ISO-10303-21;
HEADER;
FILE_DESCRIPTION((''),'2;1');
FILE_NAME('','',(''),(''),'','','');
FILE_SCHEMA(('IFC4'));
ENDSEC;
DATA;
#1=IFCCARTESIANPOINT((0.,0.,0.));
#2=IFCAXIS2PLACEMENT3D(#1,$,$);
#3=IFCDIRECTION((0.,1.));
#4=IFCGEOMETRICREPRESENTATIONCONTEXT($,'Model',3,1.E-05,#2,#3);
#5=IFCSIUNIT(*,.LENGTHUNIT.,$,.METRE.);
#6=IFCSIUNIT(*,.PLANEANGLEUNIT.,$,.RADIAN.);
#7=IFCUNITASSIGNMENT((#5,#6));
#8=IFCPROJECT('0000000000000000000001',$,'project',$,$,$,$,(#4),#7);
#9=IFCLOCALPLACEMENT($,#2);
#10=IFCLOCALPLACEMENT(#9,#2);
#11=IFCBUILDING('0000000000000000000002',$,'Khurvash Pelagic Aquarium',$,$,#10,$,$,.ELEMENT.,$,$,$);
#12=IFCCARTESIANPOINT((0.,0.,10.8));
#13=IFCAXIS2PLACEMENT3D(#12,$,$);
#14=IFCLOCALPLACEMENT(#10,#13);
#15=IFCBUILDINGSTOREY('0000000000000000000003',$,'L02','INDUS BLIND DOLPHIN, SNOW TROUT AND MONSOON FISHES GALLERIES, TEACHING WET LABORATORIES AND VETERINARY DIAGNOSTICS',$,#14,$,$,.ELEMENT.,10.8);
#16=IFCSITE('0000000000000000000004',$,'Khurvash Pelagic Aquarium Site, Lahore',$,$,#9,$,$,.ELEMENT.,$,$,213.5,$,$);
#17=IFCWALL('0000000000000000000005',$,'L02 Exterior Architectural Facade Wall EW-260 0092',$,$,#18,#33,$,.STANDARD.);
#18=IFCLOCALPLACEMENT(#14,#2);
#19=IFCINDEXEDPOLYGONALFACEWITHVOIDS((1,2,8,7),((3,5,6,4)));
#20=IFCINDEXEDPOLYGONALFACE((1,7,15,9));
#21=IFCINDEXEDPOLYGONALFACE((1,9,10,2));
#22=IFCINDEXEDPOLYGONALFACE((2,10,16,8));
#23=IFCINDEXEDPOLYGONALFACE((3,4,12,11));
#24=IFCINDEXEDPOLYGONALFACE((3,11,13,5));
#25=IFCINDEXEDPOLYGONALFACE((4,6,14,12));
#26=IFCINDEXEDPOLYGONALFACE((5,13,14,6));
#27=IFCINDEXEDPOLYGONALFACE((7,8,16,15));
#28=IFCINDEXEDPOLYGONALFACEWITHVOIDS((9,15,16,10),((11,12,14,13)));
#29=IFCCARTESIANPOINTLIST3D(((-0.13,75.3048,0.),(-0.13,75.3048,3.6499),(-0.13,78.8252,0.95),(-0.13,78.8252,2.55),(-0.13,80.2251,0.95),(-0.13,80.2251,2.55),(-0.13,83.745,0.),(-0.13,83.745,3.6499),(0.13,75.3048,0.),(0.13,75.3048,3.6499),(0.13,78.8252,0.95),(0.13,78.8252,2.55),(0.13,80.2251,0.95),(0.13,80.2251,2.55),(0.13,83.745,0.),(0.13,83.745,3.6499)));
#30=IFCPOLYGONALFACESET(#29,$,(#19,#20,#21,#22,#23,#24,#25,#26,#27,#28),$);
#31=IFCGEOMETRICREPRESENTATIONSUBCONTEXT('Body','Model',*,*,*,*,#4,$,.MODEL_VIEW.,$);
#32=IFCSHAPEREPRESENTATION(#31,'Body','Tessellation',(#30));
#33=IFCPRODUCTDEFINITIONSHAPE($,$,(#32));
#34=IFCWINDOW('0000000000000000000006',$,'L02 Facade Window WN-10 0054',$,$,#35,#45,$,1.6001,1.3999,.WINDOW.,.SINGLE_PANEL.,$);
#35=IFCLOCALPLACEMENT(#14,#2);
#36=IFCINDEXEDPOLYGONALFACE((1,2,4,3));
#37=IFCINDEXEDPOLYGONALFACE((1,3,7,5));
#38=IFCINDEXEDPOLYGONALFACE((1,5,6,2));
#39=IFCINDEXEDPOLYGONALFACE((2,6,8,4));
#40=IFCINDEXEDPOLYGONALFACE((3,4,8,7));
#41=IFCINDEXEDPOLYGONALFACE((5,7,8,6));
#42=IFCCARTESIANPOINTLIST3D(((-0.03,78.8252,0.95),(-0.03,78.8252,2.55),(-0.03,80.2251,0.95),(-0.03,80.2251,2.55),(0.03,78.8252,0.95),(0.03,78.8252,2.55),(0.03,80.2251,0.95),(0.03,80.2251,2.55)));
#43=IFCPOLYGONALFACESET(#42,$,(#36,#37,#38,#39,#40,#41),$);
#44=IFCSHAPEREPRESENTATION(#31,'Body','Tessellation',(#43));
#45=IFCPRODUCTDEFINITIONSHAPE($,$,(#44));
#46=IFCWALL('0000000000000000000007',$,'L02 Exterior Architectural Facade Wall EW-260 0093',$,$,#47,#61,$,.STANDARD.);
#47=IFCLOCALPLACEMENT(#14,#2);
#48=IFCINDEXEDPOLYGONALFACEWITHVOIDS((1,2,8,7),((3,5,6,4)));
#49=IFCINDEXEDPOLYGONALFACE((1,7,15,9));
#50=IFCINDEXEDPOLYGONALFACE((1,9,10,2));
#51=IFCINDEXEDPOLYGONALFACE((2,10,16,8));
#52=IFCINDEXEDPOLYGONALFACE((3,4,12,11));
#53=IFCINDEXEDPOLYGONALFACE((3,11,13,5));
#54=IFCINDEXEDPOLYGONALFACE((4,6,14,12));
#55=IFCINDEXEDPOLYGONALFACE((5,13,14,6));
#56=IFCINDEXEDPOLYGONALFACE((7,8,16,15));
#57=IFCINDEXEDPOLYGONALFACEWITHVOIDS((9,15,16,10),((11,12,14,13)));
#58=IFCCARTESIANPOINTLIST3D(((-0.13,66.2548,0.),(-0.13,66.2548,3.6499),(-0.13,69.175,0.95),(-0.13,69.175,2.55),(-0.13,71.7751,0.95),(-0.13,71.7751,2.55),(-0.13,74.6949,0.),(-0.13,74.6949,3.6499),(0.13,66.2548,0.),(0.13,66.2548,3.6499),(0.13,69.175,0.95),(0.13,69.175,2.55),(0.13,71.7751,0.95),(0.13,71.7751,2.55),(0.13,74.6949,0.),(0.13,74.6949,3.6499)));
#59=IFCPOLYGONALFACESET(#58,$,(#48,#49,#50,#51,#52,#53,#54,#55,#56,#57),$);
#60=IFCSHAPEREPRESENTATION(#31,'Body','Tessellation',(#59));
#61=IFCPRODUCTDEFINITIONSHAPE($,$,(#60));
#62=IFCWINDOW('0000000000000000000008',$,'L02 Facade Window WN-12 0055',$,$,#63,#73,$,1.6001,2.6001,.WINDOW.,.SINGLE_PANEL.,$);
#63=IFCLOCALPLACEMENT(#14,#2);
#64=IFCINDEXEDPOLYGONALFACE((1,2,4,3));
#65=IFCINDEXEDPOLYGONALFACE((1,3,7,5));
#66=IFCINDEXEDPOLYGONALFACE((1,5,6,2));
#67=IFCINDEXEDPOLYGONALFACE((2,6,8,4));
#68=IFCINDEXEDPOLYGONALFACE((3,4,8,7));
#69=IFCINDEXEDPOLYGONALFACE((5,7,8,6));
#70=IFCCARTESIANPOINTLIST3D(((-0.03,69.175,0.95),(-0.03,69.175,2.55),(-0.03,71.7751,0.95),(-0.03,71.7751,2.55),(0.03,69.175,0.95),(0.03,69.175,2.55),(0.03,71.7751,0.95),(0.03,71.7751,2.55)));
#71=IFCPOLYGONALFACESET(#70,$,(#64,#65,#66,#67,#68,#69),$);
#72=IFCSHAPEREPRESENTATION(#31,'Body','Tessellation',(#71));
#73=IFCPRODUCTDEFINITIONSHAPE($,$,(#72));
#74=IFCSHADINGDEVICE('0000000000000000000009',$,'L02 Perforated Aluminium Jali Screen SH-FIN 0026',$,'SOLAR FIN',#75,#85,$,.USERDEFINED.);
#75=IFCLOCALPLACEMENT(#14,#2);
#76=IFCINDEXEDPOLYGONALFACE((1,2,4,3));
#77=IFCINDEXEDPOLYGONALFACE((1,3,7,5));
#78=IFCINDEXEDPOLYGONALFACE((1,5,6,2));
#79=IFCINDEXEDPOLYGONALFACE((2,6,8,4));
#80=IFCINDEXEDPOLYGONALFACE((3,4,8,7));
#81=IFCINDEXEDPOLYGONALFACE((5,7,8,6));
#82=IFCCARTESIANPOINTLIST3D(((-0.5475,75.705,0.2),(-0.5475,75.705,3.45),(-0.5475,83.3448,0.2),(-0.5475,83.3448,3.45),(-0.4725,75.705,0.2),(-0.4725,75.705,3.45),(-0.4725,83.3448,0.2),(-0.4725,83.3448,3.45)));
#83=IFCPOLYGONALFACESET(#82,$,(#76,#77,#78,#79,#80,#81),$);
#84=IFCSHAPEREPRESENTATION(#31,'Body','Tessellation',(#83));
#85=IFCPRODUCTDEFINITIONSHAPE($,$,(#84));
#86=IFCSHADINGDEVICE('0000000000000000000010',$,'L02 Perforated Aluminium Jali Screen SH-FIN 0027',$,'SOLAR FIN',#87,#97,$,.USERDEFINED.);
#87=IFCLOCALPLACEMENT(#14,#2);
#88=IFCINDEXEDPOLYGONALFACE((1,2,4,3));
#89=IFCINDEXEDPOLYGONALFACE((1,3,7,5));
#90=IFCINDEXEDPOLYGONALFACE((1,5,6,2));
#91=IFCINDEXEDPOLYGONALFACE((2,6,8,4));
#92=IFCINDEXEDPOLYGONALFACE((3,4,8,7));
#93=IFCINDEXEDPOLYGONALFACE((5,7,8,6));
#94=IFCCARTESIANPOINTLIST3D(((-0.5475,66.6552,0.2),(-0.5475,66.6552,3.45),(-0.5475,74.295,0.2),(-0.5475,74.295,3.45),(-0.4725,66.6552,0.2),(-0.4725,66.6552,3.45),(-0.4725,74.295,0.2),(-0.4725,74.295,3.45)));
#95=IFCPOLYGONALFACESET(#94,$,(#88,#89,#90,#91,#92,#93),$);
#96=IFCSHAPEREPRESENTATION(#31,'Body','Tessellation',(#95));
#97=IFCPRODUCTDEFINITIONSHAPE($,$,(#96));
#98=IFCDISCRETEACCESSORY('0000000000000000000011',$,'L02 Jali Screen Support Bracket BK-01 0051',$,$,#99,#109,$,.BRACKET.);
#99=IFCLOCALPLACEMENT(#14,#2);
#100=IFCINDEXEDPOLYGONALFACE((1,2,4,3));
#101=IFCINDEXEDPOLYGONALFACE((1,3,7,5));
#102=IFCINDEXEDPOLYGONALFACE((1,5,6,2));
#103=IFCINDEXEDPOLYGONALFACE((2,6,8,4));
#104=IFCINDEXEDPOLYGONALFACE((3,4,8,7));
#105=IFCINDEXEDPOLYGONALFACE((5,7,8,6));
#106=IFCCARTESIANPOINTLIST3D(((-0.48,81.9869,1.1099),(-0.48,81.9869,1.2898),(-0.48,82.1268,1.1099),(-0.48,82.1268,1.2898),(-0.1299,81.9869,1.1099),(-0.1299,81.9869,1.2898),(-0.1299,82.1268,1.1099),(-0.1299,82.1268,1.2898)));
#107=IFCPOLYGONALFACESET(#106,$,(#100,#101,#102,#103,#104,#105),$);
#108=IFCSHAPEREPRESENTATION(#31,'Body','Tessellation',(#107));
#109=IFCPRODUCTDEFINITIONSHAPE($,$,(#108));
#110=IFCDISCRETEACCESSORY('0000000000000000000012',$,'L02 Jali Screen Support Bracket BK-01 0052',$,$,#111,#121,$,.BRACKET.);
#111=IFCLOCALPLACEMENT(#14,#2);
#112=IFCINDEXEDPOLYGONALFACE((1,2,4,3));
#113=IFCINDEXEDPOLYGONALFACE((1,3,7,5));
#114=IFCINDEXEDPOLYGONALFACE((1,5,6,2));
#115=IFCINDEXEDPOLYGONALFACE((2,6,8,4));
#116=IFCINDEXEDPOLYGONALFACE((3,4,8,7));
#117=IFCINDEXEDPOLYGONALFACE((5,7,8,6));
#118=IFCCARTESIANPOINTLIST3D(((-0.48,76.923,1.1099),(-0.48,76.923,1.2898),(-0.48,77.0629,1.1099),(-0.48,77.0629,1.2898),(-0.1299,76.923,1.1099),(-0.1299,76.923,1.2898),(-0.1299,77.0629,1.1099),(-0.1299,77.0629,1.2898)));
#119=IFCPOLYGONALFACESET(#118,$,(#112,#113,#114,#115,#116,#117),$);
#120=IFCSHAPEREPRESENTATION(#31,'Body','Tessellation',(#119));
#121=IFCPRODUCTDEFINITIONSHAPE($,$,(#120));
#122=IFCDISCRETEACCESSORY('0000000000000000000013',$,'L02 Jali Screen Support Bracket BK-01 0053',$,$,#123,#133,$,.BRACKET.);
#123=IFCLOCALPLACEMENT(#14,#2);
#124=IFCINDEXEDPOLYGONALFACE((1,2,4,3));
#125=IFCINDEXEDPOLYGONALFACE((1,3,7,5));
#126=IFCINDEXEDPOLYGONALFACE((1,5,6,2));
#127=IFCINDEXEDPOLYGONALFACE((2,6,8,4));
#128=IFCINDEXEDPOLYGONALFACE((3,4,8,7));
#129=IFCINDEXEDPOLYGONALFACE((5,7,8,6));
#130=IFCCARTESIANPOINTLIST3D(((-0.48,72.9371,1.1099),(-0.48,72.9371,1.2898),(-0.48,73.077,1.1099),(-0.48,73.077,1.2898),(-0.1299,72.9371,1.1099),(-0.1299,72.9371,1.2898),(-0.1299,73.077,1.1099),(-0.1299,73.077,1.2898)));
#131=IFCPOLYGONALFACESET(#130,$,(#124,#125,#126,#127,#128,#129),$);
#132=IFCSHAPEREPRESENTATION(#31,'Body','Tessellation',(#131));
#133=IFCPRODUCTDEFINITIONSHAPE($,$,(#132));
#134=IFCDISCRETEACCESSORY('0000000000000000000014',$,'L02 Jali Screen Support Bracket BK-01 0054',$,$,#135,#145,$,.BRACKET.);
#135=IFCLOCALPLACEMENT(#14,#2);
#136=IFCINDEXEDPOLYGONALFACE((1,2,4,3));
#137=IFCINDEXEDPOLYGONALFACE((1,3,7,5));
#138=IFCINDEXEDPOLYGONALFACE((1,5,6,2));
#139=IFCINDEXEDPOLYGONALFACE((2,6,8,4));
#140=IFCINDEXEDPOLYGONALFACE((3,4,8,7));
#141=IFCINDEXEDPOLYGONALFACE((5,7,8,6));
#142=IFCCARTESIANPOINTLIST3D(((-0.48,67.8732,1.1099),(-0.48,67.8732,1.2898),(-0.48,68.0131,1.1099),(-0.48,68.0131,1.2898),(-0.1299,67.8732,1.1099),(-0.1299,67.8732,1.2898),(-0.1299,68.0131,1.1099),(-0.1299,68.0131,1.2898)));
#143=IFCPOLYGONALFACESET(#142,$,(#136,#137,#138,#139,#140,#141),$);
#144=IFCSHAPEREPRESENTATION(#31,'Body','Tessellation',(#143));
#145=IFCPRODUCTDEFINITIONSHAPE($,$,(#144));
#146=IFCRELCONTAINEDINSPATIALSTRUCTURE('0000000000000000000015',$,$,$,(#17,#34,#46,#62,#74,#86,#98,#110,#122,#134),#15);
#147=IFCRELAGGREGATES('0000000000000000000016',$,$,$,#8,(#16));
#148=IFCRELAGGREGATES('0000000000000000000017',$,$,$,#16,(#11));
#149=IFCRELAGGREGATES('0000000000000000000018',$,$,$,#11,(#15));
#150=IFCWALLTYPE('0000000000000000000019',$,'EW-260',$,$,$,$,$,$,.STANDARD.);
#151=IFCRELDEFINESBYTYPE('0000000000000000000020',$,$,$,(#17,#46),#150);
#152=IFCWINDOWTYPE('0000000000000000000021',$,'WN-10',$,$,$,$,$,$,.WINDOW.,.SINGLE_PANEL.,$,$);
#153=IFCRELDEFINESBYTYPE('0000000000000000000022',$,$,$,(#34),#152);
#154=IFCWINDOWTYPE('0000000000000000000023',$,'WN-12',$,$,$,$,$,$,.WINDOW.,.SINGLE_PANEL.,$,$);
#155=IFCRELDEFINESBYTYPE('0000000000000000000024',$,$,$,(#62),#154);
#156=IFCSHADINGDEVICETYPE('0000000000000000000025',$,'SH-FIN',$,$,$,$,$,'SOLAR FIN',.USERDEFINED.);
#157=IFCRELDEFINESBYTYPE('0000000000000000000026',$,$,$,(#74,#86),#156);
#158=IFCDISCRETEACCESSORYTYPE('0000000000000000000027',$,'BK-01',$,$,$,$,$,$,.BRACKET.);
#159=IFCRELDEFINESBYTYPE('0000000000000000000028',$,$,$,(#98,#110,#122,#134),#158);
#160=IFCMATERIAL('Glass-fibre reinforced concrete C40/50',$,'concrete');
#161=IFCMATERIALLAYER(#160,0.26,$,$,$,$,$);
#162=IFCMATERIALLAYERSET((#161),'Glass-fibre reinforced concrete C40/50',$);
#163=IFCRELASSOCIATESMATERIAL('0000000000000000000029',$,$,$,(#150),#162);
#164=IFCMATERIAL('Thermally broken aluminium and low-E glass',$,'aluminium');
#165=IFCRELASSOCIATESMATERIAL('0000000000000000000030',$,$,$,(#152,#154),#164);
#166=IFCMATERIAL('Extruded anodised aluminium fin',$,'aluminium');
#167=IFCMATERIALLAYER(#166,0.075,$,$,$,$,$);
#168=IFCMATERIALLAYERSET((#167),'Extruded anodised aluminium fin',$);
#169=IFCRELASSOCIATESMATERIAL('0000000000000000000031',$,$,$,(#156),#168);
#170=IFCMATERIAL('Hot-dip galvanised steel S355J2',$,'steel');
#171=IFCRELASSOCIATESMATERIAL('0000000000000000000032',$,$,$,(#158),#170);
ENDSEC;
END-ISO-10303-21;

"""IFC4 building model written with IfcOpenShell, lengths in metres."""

from ifc_helpers import new_model, si_unit, direction, frame, frame_2d, origin, origin_2d, place, context, subcontext, project, spatial, rectangle, extrude, material, layer, layer_set, type_object, element, fill, save


model = new_model("IFC4")

# Units and contexts
model_context = context("Model", 3, precision=1e-05, world=origin(), true_north=direction((0.0, 1.0)))
body_context = subcontext(model_context, "Body", "Model", "MODEL_VIEW")
ifc_project = project(units=[si_unit("LENGTHUNIT", "METRE"), si_unit("PLANEANGLEUNIT", "RADIAN")], contexts=[model_context])

# Site, building, storey
site_placement = place(None, origin())
site = spatial("IfcSite", under=ifc_project, at=site_placement, Name="Khurvash Pelagic Aquarium Site, Lahore", CompositionType="ELEMENT", RefElevation=213.5)
building_placement = place(site_placement, origin())
building = spatial("IfcBuilding", under=site, at=building_placement, Name="Khurvash Pelagic Aquarium", CompositionType="ELEMENT")
storey_placement = place(building_placement, frame((0.0, 0.0, 10.8)))
storey = spatial("IfcBuildingStorey", under=building, at=storey_placement, Name="L02", Description="INDUS BLIND DOLPHIN, SNOW TROUT AND MONSOON FISHES GALLERIES, TEACHING WET LABORATORIES AND VETERINARY DIAGNOSTICS", CompositionType="ELEMENT", Elevation=10.8)

# Walls, openings, windows
ifc_material_1 = material(Name="Glass-fibre reinforced concrete C40/50", Category="concrete")
ifc_layer_1 = layer(ifc_material_1, 0.26)
ifc_layer_set_1 = layer_set([ifc_layer_1], Name="Glass-fibre reinforced concrete C40/50")
wall_type = type_object("IfcWallType", Name="EW-260", PredefinedType="STANDARD", material=ifc_layer_set_1)
wall_1_placement = place(storey_placement, frame((0.0, 83.7451, 0.0), z_axis=(0.0, 0.0, 1.0), x_axis=(0.0, -1.0, 0.0)))
wall_1 = element("IfcWall", 1, at=wall_1_placement, inside=storey, type_object=wall_type, Name="L02 Exterior Architectural Facade Wall EW-260 0092", PredefinedType="STANDARD", context=body_context, shape_type="SweptSolid", body=[
    extrude(rectangle(XDim=8.4402, YDim=0.26, at=frame_2d((4.2202, 0.0))), origin(), (0.0, 0.0, 1.0), 3.6499),
])
opening_1_placement = place(wall_1_placement, frame((3.52, 0.0, 0.95)))
opening_1 = element("IfcOpeningElement", 2, at=opening_1_placement, cuts=wall_1, PredefinedType="OPENING", context=body_context, shape_type="SweptSolid", body=[
    extrude(rectangle(XDim=1.3999, YDim=1.6001, at=frame_2d((0.7, 0.8))), frame((0.0, 0.1401, 0.0), z_axis=(0.0, -1.0, 0.0), x_axis=(1.0, 0.0, 0.0)), (0.0, 0.0, 1.0), 0.28),
])
ifc_material_2 = material(Name="Thermally broken aluminium and low-E glass", Category="aluminium")
window_type_1 = type_object("IfcWindowType", Name="WN-10", PartitioningType="SINGLE_PANEL", PredefinedType="WINDOW", material=ifc_material_2)
window_1_placement = place(opening_1_placement, origin())
window_1 = element("IfcWindow", 3, at=window_1_placement, inside=storey, type_object=window_type_1, Name="L02 Facade Window WN-10 0054", OverallHeight=1.6001, OverallWidth=1.3999, PartitioningType="SINGLE_PANEL", PredefinedType="WINDOW", context=body_context, shape_type="SweptSolid", body=[
    extrude(rectangle(XDim=1.3999, YDim=1.6001, at=frame_2d((0.7, 0.8))), frame((0.0, 0.03, 0.0), z_axis=(0.0, -1.0, 0.0), x_axis=(1.0, 0.0, 0.0)), (0.0, 0.0, 1.0), 0.0601),
])
fill(opening_1, window_1)
wall_2_placement = place(storey_placement, frame((0.0, 74.6951, 0.0), z_axis=(0.0, 0.0, 1.0), x_axis=(0.0, -1.0, 0.0)))
wall_2 = element("IfcWall", 4, at=wall_2_placement, inside=storey, type_object=wall_type, Name="L02 Exterior Architectural Facade Wall EW-260 0093", PredefinedType="STANDARD", context=body_context, shape_type="SweptSolid", body=[
    extrude(rectangle(XDim=8.4402, YDim=0.26, at=frame_2d((4.2202, 0.0))), origin(), (0.0, 0.0, 1.0), 3.6499),
])
opening_2_placement = place(wall_2_placement, frame((2.9199, 0.0, 0.95)))
opening_2 = element("IfcOpeningElement", 5, at=opening_2_placement, cuts=wall_2, PredefinedType="OPENING", context=body_context, shape_type="SweptSolid", body=[
    extrude(rectangle(XDim=2.6001, YDim=1.6001, at=frame_2d((1.3, 0.8))), frame((0.0, 0.1401, 0.0), z_axis=(0.0, -1.0, 0.0), x_axis=(1.0, 0.0, 0.0)), (0.0, 0.0, 1.0), 0.28),
])
window_type_2 = type_object("IfcWindowType", Name="WN-12", PartitioningType="SINGLE_PANEL", PredefinedType="WINDOW", material=ifc_material_2)
window_2_placement = place(opening_2_placement, origin())
window_2 = element("IfcWindow", 6, at=window_2_placement, inside=storey, type_object=window_type_2, Name="L02 Facade Window WN-12 0055", OverallHeight=1.6001, OverallWidth=2.6001, PartitioningType="SINGLE_PANEL", PredefinedType="WINDOW", context=body_context, shape_type="SweptSolid", body=[
    extrude(rectangle(XDim=2.6001, YDim=1.6001, at=frame_2d((1.3, 0.8))), frame((0.0, 0.03, 0.0), z_axis=(0.0, -1.0, 0.0), x_axis=(1.0, 0.0, 0.0)), (0.0, 0.0, 1.0), 0.0601),
])
fill(opening_2, window_2)

# Shading devices
ifc_material_3 = material(Name="Extruded anodised aluminium fin", Category="aluminium")
ifc_layer_2 = layer(ifc_material_3, 0.075)
ifc_layer_set_2 = layer_set([ifc_layer_2], Name="Extruded anodised aluminium fin")
shading_device_type = type_object("IfcShadingDeviceType", Name="SH-FIN", ElementType="SOLAR FIN", PredefinedType="USERDEFINED", material=ifc_layer_set_2)
for number, where, z_axis, x_axis, name in (
    (7, (-0.51, 79.5249, 0.2), (0.0, 0.0, 1.0), (0.0, -1.0, 0.0), "L02 Perforated Aluminium Jali Screen SH-FIN 0026"),
    (8, (-0.51, 70.4751, 0.2), (0.0, 0.0, 1.0), (0.0, -1.0, 0.0), "L02 Perforated Aluminium Jali Screen SH-FIN 0027"),
):
    element("IfcShadingDevice", number, at=place(storey_placement, frame(where, z_axis=z_axis, x_axis=x_axis)), inside=storey, type_object=shading_device_type, Name=name, ObjectType="SOLAR FIN", PredefinedType="USERDEFINED", context=body_context, shape_type="SweptSolid", body=[
        extrude(rectangle(XDim=7.6399, YDim=0.075, at=origin_2d()), origin(), (0.0, 0.0, 1.0), 3.25),
    ])

# Discrete accessories
ifc_material_4 = material(Name="Hot-dip galvanised steel S355J2", Category="steel")
discrete_accessory_type = type_object("IfcDiscreteAccessoryType", Name="BK-01", PredefinedType="BRACKET", material=ifc_material_4)
for number, where, z_axis, x_axis, name in (
    (9, (-0.3049, 82.0569, 1.1099), (0.0, 0.0, 1.0), (0.0, -1.0, 0.0), "L02 Jali Screen Support Bracket BK-01 0051"),
    (10, (-0.3049, 76.9929, 1.1099), (0.0, 0.0, 1.0), (0.0, -1.0, 0.0), "L02 Jali Screen Support Bracket BK-01 0052"),
    (11, (-0.3049, 73.0071, 1.1099), (0.0, 0.0, 1.0), (0.0, -1.0, 0.0), "L02 Jali Screen Support Bracket BK-01 0053"),
    (12, (-0.3049, 67.9431, 1.1099), (0.0, 0.0, 1.0), (0.0, -1.0, 0.0), "L02 Jali Screen Support Bracket BK-01 0054"),
):
    element("IfcDiscreteAccessory", number, at=place(storey_placement, frame(where, z_axis=z_axis, x_axis=x_axis)), inside=storey, type_object=discrete_accessory_type, Name=name, PredefinedType="BRACKET", context=body_context, shape_type="SweptSolid", body=[
        extrude(rectangle(XDim=0.1399, YDim=0.3501, at=origin_2d()), origin(), (0.0, 0.0, 1.0), 0.1799),
    ])

save(model, "model.ifc")
